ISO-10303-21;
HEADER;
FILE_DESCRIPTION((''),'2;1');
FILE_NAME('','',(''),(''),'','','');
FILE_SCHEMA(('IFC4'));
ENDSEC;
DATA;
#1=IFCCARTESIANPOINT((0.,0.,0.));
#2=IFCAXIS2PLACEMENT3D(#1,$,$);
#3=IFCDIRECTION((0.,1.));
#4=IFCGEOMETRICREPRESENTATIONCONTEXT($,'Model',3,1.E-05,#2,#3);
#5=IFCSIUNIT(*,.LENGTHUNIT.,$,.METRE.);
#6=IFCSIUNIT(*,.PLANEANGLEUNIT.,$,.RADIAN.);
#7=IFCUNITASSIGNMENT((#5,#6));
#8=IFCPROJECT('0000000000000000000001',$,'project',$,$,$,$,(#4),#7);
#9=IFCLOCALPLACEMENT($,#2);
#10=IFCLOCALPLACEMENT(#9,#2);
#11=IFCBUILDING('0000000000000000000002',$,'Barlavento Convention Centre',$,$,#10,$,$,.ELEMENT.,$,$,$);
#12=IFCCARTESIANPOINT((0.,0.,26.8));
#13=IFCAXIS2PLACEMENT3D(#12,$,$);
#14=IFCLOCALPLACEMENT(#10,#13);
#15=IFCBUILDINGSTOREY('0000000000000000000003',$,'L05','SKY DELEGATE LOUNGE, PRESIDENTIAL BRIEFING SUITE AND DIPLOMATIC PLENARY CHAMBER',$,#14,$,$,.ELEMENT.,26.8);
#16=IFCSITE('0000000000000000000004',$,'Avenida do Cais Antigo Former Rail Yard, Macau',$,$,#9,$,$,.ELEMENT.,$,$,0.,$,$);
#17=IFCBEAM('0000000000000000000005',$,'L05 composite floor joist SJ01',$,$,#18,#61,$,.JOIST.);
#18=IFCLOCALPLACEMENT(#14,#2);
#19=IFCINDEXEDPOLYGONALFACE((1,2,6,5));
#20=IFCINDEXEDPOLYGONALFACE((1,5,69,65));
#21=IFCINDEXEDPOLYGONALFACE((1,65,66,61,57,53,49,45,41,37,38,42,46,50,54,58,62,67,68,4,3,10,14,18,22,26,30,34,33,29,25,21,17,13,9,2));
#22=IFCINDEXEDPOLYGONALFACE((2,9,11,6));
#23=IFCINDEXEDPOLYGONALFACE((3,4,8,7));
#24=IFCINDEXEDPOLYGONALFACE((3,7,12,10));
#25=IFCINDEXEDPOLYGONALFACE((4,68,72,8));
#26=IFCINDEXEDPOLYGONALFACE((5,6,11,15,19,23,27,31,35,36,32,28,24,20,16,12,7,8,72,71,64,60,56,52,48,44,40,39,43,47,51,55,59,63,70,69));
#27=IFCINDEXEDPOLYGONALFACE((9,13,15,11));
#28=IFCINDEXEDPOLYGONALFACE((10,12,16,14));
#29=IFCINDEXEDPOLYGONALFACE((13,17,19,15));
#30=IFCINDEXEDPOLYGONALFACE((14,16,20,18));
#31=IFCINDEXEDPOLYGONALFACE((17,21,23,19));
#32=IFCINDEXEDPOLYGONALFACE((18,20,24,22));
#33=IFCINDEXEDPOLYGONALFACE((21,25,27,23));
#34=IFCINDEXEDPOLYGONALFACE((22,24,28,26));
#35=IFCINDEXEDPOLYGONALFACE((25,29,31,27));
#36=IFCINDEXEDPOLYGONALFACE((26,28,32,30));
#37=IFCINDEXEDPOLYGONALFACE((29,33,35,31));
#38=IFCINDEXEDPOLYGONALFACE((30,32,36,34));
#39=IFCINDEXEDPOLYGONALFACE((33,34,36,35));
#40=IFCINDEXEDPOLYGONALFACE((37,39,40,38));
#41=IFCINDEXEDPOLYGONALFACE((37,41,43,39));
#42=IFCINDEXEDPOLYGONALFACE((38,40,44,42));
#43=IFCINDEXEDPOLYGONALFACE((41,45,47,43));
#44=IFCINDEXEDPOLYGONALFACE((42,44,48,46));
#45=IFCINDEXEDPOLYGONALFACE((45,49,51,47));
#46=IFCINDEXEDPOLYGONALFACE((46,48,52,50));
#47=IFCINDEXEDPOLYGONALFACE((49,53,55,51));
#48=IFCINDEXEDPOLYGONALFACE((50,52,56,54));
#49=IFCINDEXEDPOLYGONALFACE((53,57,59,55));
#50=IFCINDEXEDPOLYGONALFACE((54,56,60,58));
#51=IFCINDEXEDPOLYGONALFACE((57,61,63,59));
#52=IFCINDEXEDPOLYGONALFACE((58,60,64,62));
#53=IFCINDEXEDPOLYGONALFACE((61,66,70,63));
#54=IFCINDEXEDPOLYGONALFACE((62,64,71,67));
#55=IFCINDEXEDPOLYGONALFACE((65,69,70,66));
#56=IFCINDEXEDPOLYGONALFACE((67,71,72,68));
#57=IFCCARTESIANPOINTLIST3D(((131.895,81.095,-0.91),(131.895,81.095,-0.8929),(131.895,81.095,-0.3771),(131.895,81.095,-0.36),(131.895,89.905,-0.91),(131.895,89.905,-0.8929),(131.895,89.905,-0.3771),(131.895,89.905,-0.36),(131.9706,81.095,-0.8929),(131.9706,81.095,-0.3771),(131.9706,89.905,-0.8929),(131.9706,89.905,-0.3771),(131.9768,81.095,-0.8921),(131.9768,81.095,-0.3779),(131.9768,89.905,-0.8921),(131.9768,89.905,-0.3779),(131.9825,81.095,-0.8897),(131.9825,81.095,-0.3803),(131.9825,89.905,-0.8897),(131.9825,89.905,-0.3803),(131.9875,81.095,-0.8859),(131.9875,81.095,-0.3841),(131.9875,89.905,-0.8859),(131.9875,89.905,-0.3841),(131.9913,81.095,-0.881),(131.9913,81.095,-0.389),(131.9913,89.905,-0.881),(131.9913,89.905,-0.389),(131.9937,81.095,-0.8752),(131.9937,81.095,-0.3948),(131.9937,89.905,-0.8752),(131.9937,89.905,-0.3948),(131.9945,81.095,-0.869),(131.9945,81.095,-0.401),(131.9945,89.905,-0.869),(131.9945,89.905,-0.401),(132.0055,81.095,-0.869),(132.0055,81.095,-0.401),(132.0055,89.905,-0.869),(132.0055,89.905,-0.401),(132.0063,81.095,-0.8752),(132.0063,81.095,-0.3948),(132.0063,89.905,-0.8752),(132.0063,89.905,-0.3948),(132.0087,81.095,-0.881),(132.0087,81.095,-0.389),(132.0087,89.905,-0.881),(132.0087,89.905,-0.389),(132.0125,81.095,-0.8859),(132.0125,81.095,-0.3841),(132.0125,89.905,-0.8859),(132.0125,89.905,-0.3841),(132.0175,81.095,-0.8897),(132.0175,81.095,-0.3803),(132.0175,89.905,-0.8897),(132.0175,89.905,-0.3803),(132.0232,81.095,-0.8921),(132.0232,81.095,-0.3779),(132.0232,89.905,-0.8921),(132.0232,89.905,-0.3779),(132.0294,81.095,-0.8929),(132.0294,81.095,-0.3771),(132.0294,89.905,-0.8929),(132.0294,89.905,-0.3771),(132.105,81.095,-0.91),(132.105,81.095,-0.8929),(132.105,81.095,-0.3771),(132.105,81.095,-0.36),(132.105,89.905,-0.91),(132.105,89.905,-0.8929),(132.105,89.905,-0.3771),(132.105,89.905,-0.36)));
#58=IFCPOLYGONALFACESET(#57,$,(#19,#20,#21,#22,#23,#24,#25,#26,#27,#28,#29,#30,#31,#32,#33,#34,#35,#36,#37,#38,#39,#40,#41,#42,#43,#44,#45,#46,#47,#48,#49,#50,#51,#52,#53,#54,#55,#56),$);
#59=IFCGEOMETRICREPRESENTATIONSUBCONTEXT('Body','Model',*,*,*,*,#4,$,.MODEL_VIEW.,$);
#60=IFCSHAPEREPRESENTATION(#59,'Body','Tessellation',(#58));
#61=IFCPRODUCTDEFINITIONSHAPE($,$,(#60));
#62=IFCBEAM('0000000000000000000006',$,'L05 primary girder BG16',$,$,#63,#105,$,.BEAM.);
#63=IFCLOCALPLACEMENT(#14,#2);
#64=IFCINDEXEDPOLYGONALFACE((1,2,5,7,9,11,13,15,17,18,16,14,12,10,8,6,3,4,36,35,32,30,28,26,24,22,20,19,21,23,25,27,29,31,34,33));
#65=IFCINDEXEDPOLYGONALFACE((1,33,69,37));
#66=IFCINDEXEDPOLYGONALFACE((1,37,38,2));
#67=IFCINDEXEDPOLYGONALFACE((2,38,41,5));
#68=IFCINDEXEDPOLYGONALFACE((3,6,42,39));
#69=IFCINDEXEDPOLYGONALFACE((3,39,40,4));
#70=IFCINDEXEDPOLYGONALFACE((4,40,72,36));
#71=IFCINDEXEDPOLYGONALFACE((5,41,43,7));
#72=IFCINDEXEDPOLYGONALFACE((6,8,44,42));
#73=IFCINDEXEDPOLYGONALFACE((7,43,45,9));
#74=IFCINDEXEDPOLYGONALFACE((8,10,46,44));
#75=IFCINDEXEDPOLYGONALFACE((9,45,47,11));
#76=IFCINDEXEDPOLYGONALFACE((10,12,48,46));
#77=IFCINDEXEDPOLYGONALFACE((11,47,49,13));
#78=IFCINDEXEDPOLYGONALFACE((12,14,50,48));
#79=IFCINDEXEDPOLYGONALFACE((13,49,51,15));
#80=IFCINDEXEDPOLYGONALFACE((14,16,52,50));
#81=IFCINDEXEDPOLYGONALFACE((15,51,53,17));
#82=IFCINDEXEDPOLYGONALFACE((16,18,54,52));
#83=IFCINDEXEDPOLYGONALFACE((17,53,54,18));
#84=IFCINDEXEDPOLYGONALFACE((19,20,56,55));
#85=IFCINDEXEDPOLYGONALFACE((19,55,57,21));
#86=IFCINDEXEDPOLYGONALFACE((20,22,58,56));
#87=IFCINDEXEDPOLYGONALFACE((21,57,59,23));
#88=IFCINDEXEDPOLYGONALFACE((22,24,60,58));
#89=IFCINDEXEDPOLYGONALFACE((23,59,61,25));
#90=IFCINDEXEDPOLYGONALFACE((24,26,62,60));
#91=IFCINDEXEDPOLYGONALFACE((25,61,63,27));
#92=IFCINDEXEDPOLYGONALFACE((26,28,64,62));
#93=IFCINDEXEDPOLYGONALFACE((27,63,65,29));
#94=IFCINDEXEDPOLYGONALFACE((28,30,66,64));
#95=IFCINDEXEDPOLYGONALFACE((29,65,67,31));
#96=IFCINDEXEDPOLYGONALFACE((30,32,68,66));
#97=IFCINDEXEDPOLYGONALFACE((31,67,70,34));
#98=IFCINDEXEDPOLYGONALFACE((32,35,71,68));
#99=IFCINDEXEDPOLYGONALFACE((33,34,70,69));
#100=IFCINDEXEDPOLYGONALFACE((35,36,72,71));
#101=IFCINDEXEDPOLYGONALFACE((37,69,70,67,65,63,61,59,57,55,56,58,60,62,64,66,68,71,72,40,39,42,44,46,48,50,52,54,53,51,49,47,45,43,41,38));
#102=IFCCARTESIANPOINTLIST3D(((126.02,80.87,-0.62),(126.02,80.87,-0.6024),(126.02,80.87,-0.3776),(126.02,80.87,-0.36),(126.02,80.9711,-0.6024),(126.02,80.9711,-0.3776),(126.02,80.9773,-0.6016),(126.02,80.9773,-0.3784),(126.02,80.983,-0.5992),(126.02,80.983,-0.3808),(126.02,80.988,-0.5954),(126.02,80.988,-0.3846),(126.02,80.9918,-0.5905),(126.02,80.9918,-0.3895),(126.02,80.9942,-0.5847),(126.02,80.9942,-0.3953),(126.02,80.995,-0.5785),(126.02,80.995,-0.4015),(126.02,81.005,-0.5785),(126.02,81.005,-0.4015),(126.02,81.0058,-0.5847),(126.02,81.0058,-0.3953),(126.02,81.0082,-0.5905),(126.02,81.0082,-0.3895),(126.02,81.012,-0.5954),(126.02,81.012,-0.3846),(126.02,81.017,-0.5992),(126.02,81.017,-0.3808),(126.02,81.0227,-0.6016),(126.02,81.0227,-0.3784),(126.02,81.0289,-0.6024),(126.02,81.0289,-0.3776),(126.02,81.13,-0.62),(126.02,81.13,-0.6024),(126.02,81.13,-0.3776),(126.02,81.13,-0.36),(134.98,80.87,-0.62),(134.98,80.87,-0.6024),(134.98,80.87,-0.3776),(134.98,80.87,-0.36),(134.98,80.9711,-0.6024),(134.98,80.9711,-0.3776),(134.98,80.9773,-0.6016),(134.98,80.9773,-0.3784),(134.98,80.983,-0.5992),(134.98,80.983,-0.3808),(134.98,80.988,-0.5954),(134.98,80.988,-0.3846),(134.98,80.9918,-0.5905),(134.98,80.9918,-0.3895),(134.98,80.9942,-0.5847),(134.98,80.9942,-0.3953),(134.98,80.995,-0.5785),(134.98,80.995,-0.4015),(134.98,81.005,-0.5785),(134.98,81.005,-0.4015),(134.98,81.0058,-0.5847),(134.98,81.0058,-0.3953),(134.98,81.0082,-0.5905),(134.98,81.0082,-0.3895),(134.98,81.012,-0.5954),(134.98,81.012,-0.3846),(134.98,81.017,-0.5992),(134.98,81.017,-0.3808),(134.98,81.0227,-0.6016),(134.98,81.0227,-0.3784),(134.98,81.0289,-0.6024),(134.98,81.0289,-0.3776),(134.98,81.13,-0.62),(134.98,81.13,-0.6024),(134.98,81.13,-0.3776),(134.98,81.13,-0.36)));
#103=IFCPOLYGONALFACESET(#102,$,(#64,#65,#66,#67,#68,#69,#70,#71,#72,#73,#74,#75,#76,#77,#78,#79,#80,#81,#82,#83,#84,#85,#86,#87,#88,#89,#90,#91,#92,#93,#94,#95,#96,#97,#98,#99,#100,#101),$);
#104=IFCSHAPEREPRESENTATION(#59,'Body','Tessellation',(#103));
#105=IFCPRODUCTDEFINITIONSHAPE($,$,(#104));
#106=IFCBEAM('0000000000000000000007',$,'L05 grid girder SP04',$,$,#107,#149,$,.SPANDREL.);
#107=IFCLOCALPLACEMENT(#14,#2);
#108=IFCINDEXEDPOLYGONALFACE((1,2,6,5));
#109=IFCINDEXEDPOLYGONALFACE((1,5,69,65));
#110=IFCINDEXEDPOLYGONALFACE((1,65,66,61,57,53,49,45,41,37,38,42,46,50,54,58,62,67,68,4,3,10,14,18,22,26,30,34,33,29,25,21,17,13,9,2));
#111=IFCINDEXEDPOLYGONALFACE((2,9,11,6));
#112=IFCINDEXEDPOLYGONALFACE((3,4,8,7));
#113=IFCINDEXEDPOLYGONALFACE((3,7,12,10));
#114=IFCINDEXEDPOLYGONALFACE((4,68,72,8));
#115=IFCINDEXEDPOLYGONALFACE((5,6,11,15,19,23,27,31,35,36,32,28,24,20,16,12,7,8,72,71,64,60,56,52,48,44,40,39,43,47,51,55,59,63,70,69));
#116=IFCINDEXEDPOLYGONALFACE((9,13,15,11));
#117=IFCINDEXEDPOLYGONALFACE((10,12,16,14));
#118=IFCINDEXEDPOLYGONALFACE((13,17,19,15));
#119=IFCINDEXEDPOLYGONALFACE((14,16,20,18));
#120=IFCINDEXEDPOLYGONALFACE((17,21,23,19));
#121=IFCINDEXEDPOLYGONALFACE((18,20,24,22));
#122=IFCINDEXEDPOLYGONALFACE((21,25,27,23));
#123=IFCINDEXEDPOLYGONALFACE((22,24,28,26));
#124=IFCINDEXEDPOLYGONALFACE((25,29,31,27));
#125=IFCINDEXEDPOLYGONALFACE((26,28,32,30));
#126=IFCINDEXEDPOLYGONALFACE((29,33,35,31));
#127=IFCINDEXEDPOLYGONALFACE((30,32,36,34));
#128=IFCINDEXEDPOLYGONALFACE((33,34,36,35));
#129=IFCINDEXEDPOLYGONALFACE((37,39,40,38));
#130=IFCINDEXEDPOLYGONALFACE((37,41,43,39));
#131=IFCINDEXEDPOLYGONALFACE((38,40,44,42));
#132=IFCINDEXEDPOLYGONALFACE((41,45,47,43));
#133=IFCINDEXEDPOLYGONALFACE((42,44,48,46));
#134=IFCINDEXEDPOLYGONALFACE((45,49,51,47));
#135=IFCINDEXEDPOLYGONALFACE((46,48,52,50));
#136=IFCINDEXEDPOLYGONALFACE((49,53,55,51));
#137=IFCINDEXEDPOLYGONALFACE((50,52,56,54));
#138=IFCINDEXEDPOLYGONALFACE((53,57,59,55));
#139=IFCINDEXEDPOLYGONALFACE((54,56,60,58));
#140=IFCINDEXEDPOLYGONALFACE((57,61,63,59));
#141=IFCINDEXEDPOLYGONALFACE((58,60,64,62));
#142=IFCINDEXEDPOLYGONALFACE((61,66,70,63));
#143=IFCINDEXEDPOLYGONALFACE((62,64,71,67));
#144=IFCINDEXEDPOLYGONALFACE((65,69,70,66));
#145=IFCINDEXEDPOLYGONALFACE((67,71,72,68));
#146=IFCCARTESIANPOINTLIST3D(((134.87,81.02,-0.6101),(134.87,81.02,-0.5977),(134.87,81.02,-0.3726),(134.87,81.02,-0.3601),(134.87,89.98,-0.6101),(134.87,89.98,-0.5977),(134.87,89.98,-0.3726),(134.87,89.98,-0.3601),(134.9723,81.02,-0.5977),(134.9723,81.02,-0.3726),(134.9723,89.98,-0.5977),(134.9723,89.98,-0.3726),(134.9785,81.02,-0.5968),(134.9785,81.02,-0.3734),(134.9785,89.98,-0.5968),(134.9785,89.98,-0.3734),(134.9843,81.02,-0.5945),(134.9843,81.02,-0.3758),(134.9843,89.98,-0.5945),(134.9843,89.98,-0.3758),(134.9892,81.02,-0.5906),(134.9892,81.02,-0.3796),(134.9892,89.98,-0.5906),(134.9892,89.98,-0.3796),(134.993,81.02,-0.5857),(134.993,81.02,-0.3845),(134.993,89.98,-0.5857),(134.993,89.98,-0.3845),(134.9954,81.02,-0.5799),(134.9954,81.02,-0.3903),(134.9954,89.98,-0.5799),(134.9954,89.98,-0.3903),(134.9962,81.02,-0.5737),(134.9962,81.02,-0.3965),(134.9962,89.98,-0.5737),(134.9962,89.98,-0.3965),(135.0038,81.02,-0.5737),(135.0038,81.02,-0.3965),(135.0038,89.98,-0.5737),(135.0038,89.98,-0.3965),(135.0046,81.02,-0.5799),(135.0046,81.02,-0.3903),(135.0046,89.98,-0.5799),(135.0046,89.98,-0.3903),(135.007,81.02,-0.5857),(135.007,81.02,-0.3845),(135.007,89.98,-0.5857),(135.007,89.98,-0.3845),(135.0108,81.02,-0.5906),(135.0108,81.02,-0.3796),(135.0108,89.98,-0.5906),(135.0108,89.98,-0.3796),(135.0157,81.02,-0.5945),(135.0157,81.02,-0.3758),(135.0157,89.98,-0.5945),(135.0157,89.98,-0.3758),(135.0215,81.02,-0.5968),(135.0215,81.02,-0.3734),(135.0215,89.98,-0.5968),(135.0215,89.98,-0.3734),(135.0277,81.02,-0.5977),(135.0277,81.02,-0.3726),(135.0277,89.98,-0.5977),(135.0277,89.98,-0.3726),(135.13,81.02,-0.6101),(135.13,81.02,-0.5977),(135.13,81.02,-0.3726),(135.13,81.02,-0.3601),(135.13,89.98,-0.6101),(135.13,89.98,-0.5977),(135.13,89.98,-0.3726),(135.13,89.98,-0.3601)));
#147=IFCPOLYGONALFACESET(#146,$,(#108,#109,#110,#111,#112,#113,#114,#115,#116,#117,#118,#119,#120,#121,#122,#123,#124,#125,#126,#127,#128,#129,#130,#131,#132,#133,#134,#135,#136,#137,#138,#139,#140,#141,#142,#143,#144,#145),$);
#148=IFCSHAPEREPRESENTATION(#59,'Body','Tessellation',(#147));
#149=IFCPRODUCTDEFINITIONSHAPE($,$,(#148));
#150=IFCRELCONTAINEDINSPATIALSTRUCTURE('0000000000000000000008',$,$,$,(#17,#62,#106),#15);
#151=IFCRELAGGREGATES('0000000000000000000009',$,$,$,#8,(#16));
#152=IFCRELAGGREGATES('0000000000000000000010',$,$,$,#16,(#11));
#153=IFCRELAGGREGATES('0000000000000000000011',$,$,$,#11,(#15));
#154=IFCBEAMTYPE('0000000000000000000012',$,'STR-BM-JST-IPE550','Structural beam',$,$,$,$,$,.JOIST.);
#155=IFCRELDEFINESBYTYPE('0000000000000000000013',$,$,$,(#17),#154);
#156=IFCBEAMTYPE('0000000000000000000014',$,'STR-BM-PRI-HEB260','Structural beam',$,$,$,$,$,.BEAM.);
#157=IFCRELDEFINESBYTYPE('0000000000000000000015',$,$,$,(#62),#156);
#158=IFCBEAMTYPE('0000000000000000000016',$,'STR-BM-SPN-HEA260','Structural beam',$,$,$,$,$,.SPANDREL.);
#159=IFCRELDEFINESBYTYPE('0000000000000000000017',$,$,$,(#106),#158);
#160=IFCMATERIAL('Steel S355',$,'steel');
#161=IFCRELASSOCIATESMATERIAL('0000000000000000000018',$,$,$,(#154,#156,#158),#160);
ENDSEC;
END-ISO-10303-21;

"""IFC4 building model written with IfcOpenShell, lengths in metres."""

from ifc_helpers import new_model, si_unit, direction, frame, origin, origin_2d, place, context, subcontext, project, spatial, i_section, extrude, material, material_profile, profile_set, type_object, element, save


model = new_model("IFC4")

# Units and contexts
model_context = context("Model", 3, precision=1e-05, world=origin(), true_north=direction((0.0, 1.0)))
body_context = subcontext(model_context, "Body", "Model", "MODEL_VIEW")
ifc_project = project(units=[si_unit("LENGTHUNIT", "METRE"), si_unit("PLANEANGLEUNIT", "RADIAN")], contexts=[model_context])

# Site, building, storey
site_placement = place(None, origin())
site = spatial("IfcSite", under=ifc_project, at=site_placement, Name="Avenida do Cais Antigo Former Rail Yard, Macau", CompositionType="ELEMENT", RefElevation=0.0)
building_placement = place(site_placement, origin())
building = spatial("IfcBuilding", under=site, at=building_placement, Name="Barlavento Convention Centre", CompositionType="ELEMENT")
storey_placement = place(building_placement, frame((0.0, 0.0, 26.8)))
storey = spatial("IfcBuildingStorey", under=building, at=storey_placement, Name="L05", Description="SKY DELEGATE LOUNGE, PRESIDENTIAL BRIEFING SUITE AND DIPLOMATIC PLENARY CHAMBER", CompositionType="ELEMENT", Elevation=26.8)

# Shared definitions
ifc_material_1 = material(Name="Steel S355", Category="steel")

# Beams
ifc_material_profile_1 = material_profile(ifc_material_1, i_section(OverallWidth=0.21, OverallDepth=0.55, WebThickness=0.011, FlangeThickness=0.0171, FilletRadius=0.0239, at=origin_2d()), Name="IPE 550")
ifc_profile_set_1 = profile_set([ifc_material_profile_1], Name="Steel S355")
beam_type_1 = type_object("IfcBeamType", Name="STR-BM-JST-IPE550", Description="Structural beam", PredefinedType="JOIST", material=ifc_profile_set_1)
beam_1_placement = place(storey_placement, frame((132.0, 81.095, -0.635), z_axis=(0.0, 1.0, 0.0), x_axis=(-1.0, 0.0, 0.0)))
element("IfcBeam", 1, at=beam_1_placement, inside=storey, type_object=beam_type_1, Name="L05 composite floor joist SJ01", PredefinedType="JOIST", context=body_context, shape_type="SweptSolid", body=[
    extrude(i_section(OverallWidth=0.21, OverallDepth=0.55, WebThickness=0.011, FlangeThickness=0.0171, FilletRadius=0.0239, at=origin_2d()), origin(), (0.0, 0.0, 1.0), 8.8101),
])
ifc_material_profile_2 = material_profile(ifc_material_1, i_section(OverallWidth=0.26, OverallDepth=0.26, WebThickness=0.01, FlangeThickness=0.0176, FilletRadius=0.0239, at=origin_2d()), Name="HEB 260")
ifc_profile_set_2 = profile_set([ifc_material_profile_2], Name="Steel S355")
beam_type_2 = type_object("IfcBeamType", Name="STR-BM-PRI-HEB260", Description="Structural beam", PredefinedType="BEAM", material=ifc_profile_set_2)
beam_2_placement = place(storey_placement, frame((126.02, 81.0, -0.49), z_axis=(1.0, 0.0, 0.0), x_axis=(0.0, 1.0, 0.0)))
element("IfcBeam", 2, at=beam_2_placement, inside=storey, type_object=beam_type_2, Name="L05 primary girder BG16", PredefinedType="BEAM", context=body_context, shape_type="SweptSolid", body=[
    extrude(i_section(OverallWidth=0.26, OverallDepth=0.26, WebThickness=0.01, FlangeThickness=0.0176, FilletRadius=0.0239, at=origin_2d()), origin(), (0.0, 0.0, 1.0), 8.96),
])
ifc_material_profile_3 = material_profile(ifc_material_1, i_section(OverallWidth=0.26, OverallDepth=0.25, WebThickness=0.0076, FlangeThickness=0.0125, FilletRadius=0.0239, at=origin_2d()), Name="HEA 260")
ifc_profile_set_3 = profile_set([ifc_material_profile_3], Name="Steel S355")
beam_type_3 = type_object("IfcBeamType", Name="STR-BM-SPN-HEA260", Description="Structural beam", PredefinedType="SPANDREL", material=ifc_profile_set_3)
beam_3_placement = place(storey_placement, frame((135.0, 81.02, -0.4851), z_axis=(0.0, 1.0, 0.0), x_axis=(-1.0, 0.0, 0.0)))
element("IfcBeam", 3, at=beam_3_placement, inside=storey, type_object=beam_type_3, Name="L05 grid girder SP04", PredefinedType="SPANDREL", context=body_context, shape_type="SweptSolid", body=[
    extrude(i_section(OverallWidth=0.26, OverallDepth=0.25, WebThickness=0.0076, FlangeThickness=0.0125, FilletRadius=0.0239, at=origin_2d()), origin(), (0.0, 0.0, 1.0), 8.96),
])

save(model, "model.ifc")
